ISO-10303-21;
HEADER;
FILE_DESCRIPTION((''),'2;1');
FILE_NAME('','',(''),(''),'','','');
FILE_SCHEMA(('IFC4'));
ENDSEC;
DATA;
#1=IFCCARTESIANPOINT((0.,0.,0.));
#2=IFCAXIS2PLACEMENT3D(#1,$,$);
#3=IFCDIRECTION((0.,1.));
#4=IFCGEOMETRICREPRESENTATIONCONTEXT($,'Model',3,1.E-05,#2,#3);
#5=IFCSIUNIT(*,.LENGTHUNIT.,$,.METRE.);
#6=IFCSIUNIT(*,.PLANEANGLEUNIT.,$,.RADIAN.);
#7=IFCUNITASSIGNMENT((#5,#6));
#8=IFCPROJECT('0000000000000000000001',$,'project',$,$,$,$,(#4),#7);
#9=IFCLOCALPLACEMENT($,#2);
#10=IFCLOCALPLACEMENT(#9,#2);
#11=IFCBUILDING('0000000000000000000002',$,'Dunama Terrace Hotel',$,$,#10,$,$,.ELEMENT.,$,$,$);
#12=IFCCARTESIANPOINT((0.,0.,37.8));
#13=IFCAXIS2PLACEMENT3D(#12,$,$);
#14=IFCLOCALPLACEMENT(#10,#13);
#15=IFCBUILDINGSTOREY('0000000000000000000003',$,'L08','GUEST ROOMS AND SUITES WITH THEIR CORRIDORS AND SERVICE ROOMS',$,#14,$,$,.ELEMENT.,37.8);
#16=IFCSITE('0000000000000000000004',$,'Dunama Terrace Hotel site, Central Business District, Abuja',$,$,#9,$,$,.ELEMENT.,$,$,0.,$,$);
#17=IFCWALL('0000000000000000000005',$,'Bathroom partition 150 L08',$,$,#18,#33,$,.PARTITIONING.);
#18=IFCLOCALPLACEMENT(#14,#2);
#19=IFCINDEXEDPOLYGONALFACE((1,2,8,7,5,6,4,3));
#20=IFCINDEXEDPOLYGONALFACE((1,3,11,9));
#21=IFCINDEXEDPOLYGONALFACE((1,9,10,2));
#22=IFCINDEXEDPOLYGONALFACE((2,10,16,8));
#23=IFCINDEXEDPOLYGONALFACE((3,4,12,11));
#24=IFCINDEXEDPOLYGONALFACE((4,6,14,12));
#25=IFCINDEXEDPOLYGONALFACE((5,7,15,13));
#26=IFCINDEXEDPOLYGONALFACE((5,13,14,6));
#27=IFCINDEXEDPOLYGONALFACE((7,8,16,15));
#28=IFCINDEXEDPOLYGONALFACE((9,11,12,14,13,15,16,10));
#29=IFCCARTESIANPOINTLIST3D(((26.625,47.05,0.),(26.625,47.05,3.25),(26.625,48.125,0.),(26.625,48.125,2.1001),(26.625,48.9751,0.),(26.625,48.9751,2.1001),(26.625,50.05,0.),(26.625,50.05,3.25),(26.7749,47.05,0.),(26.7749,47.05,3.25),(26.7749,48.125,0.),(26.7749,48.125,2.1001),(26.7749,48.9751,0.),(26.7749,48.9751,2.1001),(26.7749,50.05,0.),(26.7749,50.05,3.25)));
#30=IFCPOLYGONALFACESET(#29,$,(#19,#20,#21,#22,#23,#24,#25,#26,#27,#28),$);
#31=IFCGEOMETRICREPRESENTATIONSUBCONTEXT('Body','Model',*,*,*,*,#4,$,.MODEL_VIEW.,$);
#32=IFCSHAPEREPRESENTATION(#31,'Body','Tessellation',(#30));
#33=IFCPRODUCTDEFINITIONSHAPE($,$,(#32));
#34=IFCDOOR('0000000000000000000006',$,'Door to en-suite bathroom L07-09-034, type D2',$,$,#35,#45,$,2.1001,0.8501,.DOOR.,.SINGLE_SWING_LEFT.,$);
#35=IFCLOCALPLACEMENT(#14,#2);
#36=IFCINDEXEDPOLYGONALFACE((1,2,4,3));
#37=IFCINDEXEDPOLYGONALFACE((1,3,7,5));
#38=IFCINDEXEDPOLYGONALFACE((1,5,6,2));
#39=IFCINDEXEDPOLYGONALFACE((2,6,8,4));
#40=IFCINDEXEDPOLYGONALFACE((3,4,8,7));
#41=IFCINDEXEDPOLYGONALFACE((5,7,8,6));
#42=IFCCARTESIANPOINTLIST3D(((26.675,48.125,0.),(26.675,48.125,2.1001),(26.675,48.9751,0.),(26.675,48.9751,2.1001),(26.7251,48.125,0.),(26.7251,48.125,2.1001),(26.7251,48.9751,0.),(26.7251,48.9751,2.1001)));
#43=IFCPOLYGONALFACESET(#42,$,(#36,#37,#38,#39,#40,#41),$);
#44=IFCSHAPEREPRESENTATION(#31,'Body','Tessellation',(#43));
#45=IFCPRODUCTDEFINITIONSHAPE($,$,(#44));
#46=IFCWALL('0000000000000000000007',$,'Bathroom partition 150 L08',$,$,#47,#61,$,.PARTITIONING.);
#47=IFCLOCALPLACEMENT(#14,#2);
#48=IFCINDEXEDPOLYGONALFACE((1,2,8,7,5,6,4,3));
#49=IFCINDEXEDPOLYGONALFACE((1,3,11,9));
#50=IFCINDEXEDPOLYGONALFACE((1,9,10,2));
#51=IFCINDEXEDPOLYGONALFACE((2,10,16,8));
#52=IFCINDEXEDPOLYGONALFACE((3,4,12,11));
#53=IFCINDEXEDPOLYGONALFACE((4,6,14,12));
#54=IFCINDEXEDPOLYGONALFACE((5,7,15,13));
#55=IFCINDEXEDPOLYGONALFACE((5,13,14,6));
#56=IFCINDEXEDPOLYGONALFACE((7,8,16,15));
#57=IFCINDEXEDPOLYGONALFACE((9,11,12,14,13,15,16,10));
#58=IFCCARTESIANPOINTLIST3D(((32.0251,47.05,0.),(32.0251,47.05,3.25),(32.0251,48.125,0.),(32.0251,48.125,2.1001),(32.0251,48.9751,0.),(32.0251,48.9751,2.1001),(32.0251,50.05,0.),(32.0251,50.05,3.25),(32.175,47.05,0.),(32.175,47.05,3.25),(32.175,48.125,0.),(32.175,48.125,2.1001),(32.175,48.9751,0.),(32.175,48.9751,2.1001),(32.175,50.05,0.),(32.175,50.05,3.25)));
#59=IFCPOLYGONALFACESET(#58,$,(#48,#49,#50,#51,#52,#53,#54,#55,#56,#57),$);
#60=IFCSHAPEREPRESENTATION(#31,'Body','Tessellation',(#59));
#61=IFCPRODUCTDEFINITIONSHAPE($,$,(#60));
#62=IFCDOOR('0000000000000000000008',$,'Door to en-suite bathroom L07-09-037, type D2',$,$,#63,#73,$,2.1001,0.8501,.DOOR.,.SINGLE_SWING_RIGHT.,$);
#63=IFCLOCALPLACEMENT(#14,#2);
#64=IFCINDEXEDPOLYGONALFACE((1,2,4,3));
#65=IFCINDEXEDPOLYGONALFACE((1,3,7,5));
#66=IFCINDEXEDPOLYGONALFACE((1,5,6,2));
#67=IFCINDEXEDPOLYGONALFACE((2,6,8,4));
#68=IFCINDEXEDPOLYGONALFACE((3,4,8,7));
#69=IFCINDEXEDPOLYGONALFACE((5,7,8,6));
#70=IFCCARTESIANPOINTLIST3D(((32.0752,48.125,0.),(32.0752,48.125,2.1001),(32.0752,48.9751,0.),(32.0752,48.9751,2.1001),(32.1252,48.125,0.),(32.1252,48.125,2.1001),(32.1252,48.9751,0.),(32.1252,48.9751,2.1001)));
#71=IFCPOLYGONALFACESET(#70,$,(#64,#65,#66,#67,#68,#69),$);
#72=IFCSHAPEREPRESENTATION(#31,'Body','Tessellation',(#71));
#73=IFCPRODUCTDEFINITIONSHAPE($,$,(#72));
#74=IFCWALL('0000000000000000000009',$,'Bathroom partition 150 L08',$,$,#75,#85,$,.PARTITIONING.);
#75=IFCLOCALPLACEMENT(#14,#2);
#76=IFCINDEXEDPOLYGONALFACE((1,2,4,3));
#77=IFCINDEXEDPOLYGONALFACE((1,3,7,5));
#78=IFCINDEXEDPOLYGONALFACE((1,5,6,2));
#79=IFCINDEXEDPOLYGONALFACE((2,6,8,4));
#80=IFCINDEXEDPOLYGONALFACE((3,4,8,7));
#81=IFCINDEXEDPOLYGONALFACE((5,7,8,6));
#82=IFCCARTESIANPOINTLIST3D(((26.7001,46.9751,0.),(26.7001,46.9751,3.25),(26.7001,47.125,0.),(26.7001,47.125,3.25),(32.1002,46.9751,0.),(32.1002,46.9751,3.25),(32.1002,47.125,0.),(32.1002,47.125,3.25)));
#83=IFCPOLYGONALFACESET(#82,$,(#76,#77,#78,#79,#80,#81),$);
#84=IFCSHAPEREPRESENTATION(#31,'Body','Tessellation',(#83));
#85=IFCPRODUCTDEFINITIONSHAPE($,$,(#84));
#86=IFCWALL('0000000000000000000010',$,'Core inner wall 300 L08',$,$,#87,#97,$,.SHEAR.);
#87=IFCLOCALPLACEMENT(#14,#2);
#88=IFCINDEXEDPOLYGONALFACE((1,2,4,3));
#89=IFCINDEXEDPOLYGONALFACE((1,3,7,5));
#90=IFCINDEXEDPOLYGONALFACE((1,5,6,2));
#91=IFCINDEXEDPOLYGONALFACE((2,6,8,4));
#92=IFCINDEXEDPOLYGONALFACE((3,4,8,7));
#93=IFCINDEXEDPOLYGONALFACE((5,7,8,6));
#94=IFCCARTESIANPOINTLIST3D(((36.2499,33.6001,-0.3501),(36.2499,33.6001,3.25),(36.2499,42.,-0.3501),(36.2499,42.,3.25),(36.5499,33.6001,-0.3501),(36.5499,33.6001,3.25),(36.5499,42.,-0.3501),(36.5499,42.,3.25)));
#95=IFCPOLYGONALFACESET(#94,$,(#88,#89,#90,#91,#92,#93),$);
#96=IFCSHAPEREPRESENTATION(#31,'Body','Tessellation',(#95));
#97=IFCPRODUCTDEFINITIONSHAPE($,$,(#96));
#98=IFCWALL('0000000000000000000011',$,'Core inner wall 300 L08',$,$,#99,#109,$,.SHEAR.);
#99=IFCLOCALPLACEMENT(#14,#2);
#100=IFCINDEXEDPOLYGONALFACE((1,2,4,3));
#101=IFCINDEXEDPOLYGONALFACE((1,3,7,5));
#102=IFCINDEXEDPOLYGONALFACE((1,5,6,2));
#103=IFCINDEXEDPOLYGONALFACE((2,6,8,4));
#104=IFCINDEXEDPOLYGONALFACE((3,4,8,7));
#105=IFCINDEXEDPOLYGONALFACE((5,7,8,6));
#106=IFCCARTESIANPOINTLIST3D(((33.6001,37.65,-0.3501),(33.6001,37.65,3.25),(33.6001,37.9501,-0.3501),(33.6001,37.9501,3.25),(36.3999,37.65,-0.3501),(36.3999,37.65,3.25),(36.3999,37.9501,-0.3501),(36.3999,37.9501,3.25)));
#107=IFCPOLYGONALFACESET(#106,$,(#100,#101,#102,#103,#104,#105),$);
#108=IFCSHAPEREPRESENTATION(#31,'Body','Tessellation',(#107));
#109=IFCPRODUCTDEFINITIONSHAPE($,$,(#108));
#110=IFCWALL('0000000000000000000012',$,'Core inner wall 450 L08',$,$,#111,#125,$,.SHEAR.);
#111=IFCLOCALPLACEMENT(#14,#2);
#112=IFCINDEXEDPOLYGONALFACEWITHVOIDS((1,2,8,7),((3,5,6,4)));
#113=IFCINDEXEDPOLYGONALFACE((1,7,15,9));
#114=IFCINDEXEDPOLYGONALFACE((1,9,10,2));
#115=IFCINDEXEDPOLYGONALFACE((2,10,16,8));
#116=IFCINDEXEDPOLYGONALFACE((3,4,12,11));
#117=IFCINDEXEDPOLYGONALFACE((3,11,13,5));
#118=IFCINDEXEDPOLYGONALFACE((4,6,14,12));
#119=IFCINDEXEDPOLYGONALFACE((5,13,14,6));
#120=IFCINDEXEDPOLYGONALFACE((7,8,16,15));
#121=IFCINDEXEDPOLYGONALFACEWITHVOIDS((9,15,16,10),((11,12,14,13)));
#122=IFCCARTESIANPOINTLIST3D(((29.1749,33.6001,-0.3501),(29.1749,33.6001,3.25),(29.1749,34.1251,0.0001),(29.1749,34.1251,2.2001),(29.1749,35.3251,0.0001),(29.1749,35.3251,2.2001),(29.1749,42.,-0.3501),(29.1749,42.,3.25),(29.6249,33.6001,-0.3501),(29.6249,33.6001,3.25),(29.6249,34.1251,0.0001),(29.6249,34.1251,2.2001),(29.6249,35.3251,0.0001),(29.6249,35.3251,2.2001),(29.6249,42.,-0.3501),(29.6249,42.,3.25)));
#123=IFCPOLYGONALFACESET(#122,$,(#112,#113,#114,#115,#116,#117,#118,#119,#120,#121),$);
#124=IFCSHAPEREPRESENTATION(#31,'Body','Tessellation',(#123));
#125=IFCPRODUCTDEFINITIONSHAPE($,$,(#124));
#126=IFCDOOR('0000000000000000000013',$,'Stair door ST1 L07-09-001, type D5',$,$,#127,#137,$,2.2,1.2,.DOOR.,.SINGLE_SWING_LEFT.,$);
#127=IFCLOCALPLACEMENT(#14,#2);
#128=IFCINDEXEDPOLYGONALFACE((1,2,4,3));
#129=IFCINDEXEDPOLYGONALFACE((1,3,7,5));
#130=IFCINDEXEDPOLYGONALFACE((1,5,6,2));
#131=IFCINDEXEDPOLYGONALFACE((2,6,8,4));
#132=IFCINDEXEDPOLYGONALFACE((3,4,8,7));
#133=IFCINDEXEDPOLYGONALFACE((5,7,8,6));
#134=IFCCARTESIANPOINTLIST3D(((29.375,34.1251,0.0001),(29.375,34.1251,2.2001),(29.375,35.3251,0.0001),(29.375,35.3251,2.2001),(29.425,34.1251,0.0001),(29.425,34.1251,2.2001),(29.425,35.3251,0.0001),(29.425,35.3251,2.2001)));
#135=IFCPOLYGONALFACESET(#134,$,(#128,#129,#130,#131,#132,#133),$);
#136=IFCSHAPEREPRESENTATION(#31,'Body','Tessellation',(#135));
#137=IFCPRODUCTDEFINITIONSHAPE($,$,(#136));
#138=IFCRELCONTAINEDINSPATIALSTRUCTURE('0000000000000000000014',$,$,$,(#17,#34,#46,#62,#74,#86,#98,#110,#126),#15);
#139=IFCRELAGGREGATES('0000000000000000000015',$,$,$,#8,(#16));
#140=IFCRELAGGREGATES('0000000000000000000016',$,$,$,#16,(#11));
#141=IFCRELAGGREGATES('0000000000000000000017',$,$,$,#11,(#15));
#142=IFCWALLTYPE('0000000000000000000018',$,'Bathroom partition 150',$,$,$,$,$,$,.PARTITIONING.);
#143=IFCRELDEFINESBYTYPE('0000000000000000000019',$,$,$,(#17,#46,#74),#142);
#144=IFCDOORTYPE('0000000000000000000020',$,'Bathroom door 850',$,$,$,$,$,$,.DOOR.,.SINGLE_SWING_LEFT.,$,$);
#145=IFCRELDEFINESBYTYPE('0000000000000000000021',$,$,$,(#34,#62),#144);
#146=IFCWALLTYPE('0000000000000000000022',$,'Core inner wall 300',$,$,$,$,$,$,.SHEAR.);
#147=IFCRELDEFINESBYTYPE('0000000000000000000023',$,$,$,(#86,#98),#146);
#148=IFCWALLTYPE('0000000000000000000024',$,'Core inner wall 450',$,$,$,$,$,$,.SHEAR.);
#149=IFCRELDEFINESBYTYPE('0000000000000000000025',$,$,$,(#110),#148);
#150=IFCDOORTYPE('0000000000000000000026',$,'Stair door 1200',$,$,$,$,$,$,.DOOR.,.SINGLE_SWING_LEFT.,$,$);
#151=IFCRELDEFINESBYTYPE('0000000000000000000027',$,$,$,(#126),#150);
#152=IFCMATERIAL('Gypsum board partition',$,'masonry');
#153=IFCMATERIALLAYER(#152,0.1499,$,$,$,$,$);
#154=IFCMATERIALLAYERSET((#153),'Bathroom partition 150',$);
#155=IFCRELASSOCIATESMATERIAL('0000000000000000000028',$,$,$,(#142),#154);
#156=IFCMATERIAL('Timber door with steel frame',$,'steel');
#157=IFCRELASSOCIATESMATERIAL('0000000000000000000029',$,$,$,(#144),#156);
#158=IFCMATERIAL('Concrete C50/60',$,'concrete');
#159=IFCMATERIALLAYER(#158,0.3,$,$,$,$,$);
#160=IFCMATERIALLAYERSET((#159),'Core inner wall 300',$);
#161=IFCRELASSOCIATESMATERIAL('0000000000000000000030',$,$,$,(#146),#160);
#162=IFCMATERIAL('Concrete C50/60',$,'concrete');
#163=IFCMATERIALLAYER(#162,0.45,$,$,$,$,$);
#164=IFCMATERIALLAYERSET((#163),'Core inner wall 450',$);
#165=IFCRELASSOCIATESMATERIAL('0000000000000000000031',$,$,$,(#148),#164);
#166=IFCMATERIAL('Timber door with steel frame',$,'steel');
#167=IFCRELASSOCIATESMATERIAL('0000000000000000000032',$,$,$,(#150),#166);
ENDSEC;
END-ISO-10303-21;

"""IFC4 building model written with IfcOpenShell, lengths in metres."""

from ifc_helpers import new_model, si_unit, direction, frame, frame_2d, origin, place, context, subcontext, project, spatial, rectangle, extrude, material, layer, layer_set, type_object, element, fill, save


model = new_model("IFC4")

# Units and contexts
model_context = context("Model", 3, precision=1e-05, world=origin(), true_north=direction((0.0, 1.0)))
body_context = subcontext(model_context, "Body", "Model", "MODEL_VIEW")
ifc_project = project(units=[si_unit("LENGTHUNIT", "METRE"), si_unit("PLANEANGLEUNIT", "RADIAN")], contexts=[model_context])

# Site, building, storey
site_placement = place(None, origin())
site = spatial("IfcSite", under=ifc_project, at=site_placement, Name="Dunama Terrace Hotel site, Central Business District, Abuja", CompositionType="ELEMENT", RefElevation=0.0)
building_placement = place(site_placement, origin())
building = spatial("IfcBuilding", under=site, at=building_placement, Name="Dunama Terrace Hotel", CompositionType="ELEMENT")
storey_placement = place(building_placement, frame((0.0, 0.0, 37.8)))
storey = spatial("IfcBuildingStorey", under=building, at=storey_placement, Name="L08", Description="GUEST ROOMS AND SUITES WITH THEIR CORRIDORS AND SERVICE ROOMS", CompositionType="ELEMENT", Elevation=37.8)

# Walls, openings, doors
ifc_material_1 = material(Name="Gypsum board partition", Category="masonry")
ifc_layer_1 = layer(ifc_material_1, 0.1499)
ifc_layer_set_1 = layer_set([ifc_layer_1], Name="Bathroom partition 150")
wall_type_1 = type_object("IfcWallType", Name="Bathroom partition 150", PredefinedType="PARTITIONING", material=ifc_layer_set_1)
wall_1_placement = place(storey_placement, frame((26.7, 47.05, 0.0), z_axis=(0.0, 0.0, 1.0), x_axis=(0.0, 1.0, 0.0)))
wall_1 = element("IfcWall", 1, at=wall_1_placement, inside=storey, type_object=wall_type_1, Name="Bathroom partition 150 L08", PredefinedType="PARTITIONING", context=body_context, shape_type="SweptSolid", body=[
    extrude(rectangle(XDim=3.0, YDim=0.1499, at=frame_2d((1.5, 0.0))), origin(), (0.0, 0.0, 1.0), 3.25),
])
opening_1_placement = place(wall_1_placement, frame((1.075, 0.0, 0.0)))
opening_1 = element("IfcOpeningElement", 2, at=opening_1_placement, cuts=wall_1, PredefinedType="OPENING", context=body_context, shape_type="SweptSolid", body=[
    extrude(rectangle(XDim=0.8501, YDim=2.1001, at=frame_2d((0.425, 1.05))), frame((0.0, 0.085, 0.0), z_axis=(0.0, -1.0, 0.0), x_axis=(1.0, 0.0, 0.0)), (0.0, 0.0, 1.0), 0.1699),
])
ifc_material_2 = material(Name="Timber door with steel frame", Category="steel")
door_type_1 = type_object("IfcDoorType", Name="Bathroom door 850", OperationType="SINGLE_SWING_LEFT", PredefinedType="DOOR", material=ifc_material_2)
door_1_placement = place(opening_1_placement, frame((0.8501, 0.0, 0.0), z_axis=(0.0, 0.0, 1.0), x_axis=(-1.0, 0.0, 0.0)))
door_1 = element("IfcDoor", 3, at=door_1_placement, inside=storey, type_object=door_type_1, Name="Door to en-suite bathroom L07-09-034, type D2", OperationType="SINGLE_SWING_LEFT", OverallHeight=2.1001, OverallWidth=0.8501, PredefinedType="DOOR", context=body_context, shape_type="SweptSolid", body=[
    extrude(rectangle(XDim=0.8501, YDim=2.1001, at=frame_2d((0.425, 1.05))), frame((0.0, 0.0251, 0.0), z_axis=(0.0, -1.0, 0.0), x_axis=(1.0, 0.0, 0.0)), (0.0, 0.0, 1.0), 0.05),
])
fill(opening_1, door_1)
wall_2_placement = place(storey_placement, frame((32.1001, 47.05, 0.0), z_axis=(0.0, 0.0, 1.0), x_axis=(0.0, 1.0, 0.0)))
wall_2 = element("IfcWall", 4, at=wall_2_placement, inside=storey, type_object=wall_type_1, Name="Bathroom partition 150 L08", PredefinedType="PARTITIONING", context=body_context, shape_type="SweptSolid", body=[
    extrude(rectangle(XDim=3.0, YDim=0.1499, at=frame_2d((1.5, 0.0))), origin(), (0.0, 0.0, 1.0), 3.25),
])
opening_2_placement = place(wall_2_placement, frame((1.075, 0.0, 0.0)))
opening_2 = element("IfcOpeningElement", 5, at=opening_2_placement, cuts=wall_2, PredefinedType="OPENING", context=body_context, shape_type="SweptSolid", body=[
    extrude(rectangle(XDim=0.8501, YDim=2.1001, at=frame_2d((0.425, 1.05))), frame((0.0, 0.085, 0.0), z_axis=(0.0, -1.0, 0.0), x_axis=(1.0, 0.0, 0.0)), (0.0, 0.0, 1.0), 0.1699),
])
door_2_placement = place(opening_2_placement, origin())
door_2 = element("IfcDoor", 6, at=door_2_placement, inside=storey, type_object=door_type_1, Name="Door to en-suite bathroom L07-09-037, type D2", OperationType="SINGLE_SWING_RIGHT", OverallHeight=2.1001, OverallWidth=0.8501, PredefinedType="DOOR", context=body_context, shape_type="SweptSolid", body=[
    extrude(rectangle(XDim=0.8501, YDim=2.1001, at=frame_2d((0.425, 1.05))), frame((0.0, 0.0249, 0.0), z_axis=(0.0, -1.0, 0.0), x_axis=(1.0, 0.0, 0.0)), (0.0, 0.0, 1.0), 0.05),
])
fill(opening_2, door_2)

# Walls
wall_3_placement = place(storey_placement, frame((26.7, 47.05, 0.0), z_axis=(0.0, 0.0, 1.0), x_axis=(1.0, 0.0, 0.0)))
element("IfcWall", 7, at=wall_3_placement, inside=storey, type_object=wall_type_1, Name="Bathroom partition 150 L08", PredefinedType="PARTITIONING", context=body_context, shape_type="SweptSolid", body=[
    extrude(rectangle(XDim=5.4001, YDim=0.1499, at=frame_2d((2.7002, 0.0))), origin(), (0.0, 0.0, 1.0), 3.25),
])
ifc_material_3 = material(Name="Concrete C50/60", Category="concrete")
ifc_layer_2 = layer(ifc_material_3, 0.3)
ifc_layer_set_2 = layer_set([ifc_layer_2], Name="Core inner wall 300")
wall_type_2 = type_object("IfcWallType", Name="Core inner wall 300", PredefinedType="SHEAR", material=ifc_layer_set_2)
wall_4_placement = place(storey_placement, frame((36.3999, 33.6001, -0.3501), z_axis=(0.0, 0.0, 1.0), x_axis=(0.0, 1.0, 0.0)))
element("IfcWall", 8, at=wall_4_placement, inside=storey, type_object=wall_type_2, Name="Core inner wall 300 L08", PredefinedType="SHEAR", context=body_context, shape_type="SweptSolid", body=[
    extrude(rectangle(XDim=8.3999, YDim=0.3, at=frame_2d((4.2, 0.0))), origin(), (0.0, 0.0, 1.0), 3.6001),
])
wall_5_placement = place(storey_placement, frame((33.6001, 37.8, -0.3501), z_axis=(0.0, 0.0, 1.0), x_axis=(1.0, 0.0, 0.0)))
element("IfcWall", 9, at=wall_5_placement, inside=storey, type_object=wall_type_2, Name="Core inner wall 300 L08", PredefinedType="SHEAR", context=body_context, shape_type="SweptSolid", body=[
    extrude(rectangle(XDim=2.7998, YDim=0.3, at=frame_2d((1.3999, 0.0))), origin(), (0.0, 0.0, 1.0), 3.6001),
])

# Wall, opening, door
ifc_material_4 = material(Name="Concrete C50/60", Category="concrete")
ifc_layer_3 = layer(ifc_material_4, 0.45)
ifc_layer_set_3 = layer_set([ifc_layer_3], Name="Core inner wall 450")
wall_type_3 = type_object("IfcWallType", Name="Core inner wall 450", PredefinedType="SHEAR", material=ifc_layer_set_3)
wall_6_placement = place(storey_placement, frame((29.3999, 33.6001, -0.3501), z_axis=(0.0, 0.0, 1.0), x_axis=(0.0, 1.0, 0.0)))
wall_6 = element("IfcWall", 10, at=wall_6_placement, inside=storey, type_object=wall_type_3, Name="Core inner wall 450 L08", PredefinedType="SHEAR", context=body_context, shape_type="SweptSolid", body=[
    extrude(rectangle(XDim=8.3999, YDim=0.45, at=frame_2d((4.2, 0.0))), origin(), (0.0, 0.0, 1.0), 3.6001),
])
opening_3_placement = place(wall_6_placement, frame((0.5249, 0.0, 0.3501)))
opening_3 = element("IfcOpeningElement", 11, at=opening_3_placement, cuts=wall_6, PredefinedType="OPENING", context=body_context, shape_type="SweptSolid", body=[
    extrude(rectangle(XDim=1.2, YDim=2.2, at=frame_2d((0.6001, 1.1001))), frame((0.0, 0.2349, 0.0), z_axis=(0.0, -1.0, 0.0), x_axis=(1.0, 0.0, 0.0)), (0.0, 0.0, 1.0), 0.47),
])
ifc_material_5 = material(Name="Timber door with steel frame", Category="steel")
door_type_2 = type_object("IfcDoorType", Name="Stair door 1200", OperationType="SINGLE_SWING_LEFT", PredefinedType="DOOR", material=ifc_material_5)
door_3_placement = place(opening_3_placement, origin())
door_3 = element("IfcDoor", 12, at=door_3_placement, inside=storey, type_object=door_type_2, Name="Stair door ST1 L07-09-001, type D5", OperationType="SINGLE_SWING_LEFT", OverallHeight=2.2, OverallWidth=1.2, PredefinedType="DOOR", context=body_context, shape_type="SweptSolid", body=[
    extrude(rectangle(XDim=1.2, YDim=2.2, at=frame_2d((0.6001, 1.1001))), frame((0.0, 0.0249, 0.0), z_axis=(0.0, -1.0, 0.0), x_axis=(1.0, 0.0, 0.0)), (0.0, 0.0, 1.0), 0.05),
])
fill(opening_3, door_3)

save(model, "model.ifc")
